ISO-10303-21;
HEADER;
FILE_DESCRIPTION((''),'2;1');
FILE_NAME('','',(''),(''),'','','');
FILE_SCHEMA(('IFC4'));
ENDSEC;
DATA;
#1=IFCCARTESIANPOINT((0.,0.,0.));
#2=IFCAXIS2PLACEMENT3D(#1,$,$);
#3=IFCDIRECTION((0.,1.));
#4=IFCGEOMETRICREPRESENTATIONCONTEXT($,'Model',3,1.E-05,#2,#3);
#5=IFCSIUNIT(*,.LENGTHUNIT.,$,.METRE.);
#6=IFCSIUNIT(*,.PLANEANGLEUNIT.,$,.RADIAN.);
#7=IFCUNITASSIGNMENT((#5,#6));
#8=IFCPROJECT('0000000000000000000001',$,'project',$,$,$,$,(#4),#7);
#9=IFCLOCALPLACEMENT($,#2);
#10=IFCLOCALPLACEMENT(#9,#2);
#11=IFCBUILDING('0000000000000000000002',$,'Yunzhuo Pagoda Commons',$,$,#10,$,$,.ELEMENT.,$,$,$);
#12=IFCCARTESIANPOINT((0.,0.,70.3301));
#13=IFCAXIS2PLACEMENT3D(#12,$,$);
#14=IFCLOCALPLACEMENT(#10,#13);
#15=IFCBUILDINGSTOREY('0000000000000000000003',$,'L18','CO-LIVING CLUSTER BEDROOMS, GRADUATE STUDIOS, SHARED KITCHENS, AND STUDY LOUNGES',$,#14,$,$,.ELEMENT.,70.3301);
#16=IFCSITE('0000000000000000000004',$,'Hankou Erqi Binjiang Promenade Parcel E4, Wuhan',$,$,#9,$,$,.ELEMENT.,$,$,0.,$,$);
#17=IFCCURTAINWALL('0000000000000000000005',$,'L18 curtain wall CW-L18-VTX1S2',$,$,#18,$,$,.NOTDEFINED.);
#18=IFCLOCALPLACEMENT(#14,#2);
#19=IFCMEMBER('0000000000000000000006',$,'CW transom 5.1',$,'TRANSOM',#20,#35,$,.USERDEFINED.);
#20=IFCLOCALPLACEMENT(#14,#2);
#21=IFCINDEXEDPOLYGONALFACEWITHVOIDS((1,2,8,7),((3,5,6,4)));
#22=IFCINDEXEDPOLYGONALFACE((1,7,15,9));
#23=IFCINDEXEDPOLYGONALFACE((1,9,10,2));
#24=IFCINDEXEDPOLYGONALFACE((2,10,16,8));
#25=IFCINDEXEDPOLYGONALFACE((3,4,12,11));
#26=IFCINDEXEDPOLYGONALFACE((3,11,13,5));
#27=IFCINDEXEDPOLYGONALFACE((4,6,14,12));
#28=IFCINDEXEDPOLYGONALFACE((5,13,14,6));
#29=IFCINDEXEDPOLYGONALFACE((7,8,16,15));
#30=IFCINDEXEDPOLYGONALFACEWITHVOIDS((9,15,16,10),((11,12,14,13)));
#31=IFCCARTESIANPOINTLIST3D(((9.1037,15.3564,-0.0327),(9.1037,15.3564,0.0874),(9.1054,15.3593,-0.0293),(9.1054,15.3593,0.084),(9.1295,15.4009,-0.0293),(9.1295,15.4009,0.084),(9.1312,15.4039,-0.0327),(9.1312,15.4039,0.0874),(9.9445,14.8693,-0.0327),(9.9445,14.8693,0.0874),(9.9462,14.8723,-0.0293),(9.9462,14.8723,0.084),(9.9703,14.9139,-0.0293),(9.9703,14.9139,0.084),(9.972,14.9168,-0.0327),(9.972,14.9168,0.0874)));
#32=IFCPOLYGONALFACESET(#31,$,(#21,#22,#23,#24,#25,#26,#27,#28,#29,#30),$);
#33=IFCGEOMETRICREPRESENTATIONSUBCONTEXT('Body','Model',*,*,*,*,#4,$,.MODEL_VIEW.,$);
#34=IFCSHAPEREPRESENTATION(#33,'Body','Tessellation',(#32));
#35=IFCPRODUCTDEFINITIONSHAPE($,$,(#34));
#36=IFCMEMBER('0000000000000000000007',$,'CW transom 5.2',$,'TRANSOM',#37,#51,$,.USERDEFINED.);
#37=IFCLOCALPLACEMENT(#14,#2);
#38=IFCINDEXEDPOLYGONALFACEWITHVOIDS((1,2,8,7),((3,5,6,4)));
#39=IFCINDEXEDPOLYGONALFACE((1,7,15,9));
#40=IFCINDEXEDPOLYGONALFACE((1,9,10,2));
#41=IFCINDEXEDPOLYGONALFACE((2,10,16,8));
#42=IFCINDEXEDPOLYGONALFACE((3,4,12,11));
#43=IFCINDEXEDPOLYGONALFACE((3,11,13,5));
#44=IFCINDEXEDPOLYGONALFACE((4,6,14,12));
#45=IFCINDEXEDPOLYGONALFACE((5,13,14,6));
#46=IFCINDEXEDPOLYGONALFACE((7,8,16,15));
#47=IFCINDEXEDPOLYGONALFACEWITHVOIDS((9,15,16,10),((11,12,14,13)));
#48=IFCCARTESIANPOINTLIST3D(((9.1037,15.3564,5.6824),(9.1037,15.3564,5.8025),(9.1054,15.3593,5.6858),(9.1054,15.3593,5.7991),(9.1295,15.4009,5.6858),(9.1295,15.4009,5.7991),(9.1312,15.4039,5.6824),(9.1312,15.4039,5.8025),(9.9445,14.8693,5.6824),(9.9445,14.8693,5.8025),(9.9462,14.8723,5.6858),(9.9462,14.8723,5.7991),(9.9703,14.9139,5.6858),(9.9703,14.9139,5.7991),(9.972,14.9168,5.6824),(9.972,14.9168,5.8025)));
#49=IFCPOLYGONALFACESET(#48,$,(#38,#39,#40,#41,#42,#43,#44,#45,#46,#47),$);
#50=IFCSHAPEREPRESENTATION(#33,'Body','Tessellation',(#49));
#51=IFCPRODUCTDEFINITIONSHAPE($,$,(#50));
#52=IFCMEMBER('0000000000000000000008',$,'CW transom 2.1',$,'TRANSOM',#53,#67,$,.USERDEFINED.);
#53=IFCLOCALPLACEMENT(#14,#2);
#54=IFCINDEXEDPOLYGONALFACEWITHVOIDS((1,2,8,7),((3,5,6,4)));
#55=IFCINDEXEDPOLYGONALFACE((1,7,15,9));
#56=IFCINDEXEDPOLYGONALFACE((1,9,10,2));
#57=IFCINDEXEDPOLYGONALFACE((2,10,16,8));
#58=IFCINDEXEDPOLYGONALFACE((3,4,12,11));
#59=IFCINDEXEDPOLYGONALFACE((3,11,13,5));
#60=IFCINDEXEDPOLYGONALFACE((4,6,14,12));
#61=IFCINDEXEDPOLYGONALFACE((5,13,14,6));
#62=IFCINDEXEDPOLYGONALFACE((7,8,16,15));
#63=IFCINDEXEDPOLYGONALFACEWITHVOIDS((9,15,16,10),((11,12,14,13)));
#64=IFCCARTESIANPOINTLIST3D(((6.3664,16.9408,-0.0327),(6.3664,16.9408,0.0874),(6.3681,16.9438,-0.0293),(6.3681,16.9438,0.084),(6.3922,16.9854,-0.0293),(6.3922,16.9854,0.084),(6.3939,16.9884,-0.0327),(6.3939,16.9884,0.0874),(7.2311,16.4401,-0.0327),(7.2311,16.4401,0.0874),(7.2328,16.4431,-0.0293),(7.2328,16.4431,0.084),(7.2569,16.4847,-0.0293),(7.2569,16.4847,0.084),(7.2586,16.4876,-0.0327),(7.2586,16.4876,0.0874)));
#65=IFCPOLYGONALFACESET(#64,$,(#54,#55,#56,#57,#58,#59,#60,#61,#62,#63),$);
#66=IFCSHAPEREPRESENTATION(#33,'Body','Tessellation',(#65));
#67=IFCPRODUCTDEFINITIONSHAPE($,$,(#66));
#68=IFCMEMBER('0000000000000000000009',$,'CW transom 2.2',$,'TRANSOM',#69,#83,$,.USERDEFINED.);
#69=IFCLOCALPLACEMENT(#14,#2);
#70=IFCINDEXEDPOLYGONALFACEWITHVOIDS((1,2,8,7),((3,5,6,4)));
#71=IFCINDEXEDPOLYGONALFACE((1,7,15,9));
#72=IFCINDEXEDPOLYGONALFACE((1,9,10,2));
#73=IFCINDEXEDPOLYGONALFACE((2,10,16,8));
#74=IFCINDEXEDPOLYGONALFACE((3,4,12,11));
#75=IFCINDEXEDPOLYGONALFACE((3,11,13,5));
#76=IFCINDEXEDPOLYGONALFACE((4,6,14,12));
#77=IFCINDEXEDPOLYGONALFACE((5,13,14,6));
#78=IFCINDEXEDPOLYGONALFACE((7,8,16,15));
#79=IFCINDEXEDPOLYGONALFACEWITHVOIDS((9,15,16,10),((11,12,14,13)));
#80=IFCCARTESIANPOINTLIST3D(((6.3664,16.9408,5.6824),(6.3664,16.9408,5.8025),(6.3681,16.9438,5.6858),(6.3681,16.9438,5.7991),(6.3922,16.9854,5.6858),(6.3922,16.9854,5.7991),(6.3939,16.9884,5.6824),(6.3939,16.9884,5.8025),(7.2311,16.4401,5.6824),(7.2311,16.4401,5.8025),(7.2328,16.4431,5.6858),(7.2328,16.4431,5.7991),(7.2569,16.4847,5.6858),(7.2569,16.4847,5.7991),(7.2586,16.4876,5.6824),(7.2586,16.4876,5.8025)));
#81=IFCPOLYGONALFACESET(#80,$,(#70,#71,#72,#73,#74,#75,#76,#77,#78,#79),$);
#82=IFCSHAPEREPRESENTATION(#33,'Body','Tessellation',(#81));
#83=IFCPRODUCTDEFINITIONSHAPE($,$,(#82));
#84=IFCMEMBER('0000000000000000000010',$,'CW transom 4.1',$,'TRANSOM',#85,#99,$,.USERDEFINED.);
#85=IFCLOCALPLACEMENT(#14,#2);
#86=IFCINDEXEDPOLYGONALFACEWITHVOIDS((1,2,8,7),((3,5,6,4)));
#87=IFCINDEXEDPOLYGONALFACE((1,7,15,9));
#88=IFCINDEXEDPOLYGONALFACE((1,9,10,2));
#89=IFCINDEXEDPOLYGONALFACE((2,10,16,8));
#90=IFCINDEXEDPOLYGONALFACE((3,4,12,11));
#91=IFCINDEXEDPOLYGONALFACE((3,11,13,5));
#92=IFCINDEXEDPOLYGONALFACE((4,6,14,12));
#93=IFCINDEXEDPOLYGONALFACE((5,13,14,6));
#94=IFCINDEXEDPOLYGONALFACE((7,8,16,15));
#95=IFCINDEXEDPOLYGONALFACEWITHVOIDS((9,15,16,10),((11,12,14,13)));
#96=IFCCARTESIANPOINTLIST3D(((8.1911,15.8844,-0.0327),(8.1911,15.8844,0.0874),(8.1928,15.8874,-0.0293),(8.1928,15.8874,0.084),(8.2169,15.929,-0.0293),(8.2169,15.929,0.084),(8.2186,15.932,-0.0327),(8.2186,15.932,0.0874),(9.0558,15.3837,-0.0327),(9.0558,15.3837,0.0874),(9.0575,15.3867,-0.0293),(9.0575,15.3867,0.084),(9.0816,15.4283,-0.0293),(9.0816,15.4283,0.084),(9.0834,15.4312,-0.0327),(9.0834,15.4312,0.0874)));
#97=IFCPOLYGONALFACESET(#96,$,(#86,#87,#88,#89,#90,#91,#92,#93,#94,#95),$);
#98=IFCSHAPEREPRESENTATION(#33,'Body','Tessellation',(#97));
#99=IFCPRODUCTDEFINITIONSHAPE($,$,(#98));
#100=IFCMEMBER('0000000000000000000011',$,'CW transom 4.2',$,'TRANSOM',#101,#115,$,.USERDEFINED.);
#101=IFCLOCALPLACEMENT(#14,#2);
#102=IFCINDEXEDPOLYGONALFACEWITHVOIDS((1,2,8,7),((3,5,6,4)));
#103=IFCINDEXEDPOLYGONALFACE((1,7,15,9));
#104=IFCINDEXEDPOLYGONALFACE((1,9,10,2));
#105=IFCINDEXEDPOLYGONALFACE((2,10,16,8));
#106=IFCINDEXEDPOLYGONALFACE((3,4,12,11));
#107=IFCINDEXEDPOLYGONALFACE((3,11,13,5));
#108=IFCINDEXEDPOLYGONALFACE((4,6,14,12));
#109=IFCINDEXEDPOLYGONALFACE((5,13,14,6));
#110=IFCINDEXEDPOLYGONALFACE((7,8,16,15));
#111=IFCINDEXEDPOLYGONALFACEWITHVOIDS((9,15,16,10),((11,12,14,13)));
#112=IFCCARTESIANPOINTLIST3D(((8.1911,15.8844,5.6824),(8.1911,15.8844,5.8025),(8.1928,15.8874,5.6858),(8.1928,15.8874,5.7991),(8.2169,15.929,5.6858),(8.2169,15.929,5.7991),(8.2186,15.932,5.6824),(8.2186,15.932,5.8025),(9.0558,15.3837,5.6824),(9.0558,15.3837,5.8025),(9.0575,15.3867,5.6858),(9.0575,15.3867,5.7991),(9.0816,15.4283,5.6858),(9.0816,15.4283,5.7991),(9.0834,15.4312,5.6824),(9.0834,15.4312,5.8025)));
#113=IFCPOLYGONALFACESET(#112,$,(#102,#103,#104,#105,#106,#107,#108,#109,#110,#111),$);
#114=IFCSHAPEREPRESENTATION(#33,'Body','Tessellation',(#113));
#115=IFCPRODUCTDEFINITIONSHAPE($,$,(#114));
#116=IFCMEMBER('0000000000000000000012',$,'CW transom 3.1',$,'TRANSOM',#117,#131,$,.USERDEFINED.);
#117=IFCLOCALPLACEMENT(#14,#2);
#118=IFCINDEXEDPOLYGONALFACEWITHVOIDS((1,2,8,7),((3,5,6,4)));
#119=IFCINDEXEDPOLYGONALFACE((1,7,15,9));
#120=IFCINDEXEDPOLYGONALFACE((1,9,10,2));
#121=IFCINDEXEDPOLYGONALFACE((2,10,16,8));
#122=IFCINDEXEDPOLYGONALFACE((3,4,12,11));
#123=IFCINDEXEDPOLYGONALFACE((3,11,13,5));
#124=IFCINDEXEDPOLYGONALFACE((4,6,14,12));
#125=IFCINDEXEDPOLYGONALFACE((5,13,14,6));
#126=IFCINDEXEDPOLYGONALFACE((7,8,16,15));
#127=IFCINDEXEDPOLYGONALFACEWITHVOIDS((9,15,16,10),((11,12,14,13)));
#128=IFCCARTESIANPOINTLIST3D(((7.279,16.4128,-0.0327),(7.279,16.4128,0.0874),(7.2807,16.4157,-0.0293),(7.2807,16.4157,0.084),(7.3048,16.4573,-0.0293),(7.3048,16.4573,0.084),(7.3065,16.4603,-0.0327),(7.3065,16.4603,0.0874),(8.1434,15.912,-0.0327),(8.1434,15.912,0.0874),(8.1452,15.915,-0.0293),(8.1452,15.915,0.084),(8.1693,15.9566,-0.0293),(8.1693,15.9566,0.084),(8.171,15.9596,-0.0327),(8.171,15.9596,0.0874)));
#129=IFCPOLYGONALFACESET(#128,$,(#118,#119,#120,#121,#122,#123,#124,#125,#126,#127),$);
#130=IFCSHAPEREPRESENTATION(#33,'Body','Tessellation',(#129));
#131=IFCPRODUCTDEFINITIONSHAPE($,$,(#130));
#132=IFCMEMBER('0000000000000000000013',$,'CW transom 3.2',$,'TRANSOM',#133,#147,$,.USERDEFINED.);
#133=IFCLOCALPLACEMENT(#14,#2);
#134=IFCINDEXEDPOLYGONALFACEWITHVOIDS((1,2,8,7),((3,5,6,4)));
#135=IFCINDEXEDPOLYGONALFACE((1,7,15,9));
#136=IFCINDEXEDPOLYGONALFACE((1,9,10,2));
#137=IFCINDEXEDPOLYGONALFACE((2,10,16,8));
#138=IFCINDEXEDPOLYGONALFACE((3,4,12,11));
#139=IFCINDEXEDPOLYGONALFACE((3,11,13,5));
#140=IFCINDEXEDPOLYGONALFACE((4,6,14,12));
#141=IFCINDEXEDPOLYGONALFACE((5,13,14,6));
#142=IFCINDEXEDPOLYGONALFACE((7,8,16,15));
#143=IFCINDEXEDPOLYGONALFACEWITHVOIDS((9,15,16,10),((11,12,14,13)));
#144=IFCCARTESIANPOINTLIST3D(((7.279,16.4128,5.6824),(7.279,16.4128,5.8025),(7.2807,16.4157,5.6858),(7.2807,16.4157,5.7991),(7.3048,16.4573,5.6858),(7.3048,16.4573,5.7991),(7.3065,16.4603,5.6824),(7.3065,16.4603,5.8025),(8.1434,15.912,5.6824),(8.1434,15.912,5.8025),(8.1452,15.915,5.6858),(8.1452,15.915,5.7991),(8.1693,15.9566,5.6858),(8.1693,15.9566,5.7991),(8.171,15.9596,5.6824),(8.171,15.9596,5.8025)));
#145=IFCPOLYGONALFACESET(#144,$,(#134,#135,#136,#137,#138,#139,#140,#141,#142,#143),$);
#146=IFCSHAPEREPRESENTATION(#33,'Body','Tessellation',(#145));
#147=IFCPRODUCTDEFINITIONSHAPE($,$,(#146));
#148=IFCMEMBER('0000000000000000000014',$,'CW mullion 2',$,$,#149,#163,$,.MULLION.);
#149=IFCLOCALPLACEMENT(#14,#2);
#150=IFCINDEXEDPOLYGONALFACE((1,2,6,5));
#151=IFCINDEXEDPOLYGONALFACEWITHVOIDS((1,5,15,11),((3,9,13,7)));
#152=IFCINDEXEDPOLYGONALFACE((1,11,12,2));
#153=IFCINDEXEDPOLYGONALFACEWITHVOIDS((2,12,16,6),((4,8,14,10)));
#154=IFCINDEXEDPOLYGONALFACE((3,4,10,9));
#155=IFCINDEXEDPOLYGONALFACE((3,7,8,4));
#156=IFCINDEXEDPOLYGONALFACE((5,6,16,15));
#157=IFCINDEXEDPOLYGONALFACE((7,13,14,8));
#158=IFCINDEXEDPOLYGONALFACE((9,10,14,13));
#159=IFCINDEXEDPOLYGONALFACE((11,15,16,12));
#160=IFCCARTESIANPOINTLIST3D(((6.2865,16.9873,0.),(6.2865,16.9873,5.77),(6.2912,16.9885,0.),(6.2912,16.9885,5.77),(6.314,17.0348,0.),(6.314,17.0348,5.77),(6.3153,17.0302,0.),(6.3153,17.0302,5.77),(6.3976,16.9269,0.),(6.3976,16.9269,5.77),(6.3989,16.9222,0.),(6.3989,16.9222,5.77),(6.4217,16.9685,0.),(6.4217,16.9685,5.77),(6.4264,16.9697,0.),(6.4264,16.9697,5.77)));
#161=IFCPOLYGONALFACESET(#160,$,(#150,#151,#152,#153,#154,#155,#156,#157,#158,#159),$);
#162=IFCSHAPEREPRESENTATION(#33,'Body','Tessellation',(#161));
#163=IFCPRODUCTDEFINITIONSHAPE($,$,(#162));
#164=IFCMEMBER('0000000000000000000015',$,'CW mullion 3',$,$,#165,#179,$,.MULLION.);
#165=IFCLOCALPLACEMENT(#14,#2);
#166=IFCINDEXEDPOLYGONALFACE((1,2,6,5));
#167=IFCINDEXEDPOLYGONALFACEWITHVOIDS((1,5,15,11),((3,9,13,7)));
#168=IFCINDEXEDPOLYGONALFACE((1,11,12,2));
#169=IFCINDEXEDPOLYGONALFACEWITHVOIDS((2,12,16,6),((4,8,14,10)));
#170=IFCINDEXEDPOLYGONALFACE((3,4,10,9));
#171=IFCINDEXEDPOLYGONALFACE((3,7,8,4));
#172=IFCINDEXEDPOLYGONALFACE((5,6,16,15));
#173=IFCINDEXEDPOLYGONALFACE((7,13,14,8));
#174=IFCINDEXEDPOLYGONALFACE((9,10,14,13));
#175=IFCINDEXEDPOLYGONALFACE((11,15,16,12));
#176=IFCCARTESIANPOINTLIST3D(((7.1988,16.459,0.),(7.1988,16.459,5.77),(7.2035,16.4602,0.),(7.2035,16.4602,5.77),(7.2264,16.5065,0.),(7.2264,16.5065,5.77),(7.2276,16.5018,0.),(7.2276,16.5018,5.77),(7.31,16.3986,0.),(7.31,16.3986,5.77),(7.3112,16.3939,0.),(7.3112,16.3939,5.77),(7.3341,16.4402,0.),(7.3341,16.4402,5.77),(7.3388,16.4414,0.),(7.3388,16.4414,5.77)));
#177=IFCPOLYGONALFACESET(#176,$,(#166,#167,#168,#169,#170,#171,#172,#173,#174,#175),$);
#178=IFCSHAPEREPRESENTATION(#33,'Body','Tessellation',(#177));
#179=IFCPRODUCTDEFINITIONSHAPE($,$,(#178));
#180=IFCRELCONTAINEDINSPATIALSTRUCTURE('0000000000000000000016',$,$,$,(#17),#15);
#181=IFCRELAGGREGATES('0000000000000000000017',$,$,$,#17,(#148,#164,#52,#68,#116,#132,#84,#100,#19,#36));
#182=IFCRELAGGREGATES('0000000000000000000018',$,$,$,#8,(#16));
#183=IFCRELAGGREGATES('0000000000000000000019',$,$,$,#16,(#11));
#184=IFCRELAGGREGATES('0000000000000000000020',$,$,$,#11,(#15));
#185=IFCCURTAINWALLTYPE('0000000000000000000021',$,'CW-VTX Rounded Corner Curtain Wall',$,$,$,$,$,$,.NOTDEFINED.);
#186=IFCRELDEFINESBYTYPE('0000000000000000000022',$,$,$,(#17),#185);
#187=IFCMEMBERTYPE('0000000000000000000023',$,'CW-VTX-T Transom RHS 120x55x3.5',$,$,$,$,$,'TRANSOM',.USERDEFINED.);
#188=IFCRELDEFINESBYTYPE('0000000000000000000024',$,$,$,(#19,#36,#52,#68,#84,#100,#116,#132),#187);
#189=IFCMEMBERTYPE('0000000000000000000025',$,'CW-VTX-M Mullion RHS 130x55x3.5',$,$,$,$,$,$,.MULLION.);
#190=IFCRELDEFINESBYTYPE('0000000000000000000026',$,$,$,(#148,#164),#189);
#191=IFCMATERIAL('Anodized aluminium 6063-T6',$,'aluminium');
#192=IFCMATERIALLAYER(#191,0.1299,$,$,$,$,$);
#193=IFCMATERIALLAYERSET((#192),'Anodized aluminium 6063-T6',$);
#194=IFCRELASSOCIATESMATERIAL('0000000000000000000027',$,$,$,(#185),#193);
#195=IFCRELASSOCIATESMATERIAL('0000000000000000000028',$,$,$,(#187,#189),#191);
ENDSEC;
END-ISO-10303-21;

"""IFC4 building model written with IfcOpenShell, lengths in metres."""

from ifc_helpers import new_model, si_unit, direction, frame, origin, origin_2d, place, context, subcontext, project, spatial, hollow_rectangle, extrude, source, transform, mapped, material, layer, layer_set, material_profile, profile_set, type_object, element, aggregate, save


model = new_model("IFC4")

# Units and contexts
model_context = context("Model", 3, precision=1e-05, world=origin(), true_north=direction((0.0, 1.0)))
body_context = subcontext(model_context, "Body", "Model", "MODEL_VIEW")
ifc_project = project(units=[si_unit("LENGTHUNIT", "METRE"), si_unit("PLANEANGLEUNIT", "RADIAN")], contexts=[model_context])

# Site, building, storey
site_placement = place(None, origin())
site = spatial("IfcSite", under=ifc_project, at=site_placement, Name="Hankou Erqi Binjiang Promenade Parcel E4, Wuhan", CompositionType="ELEMENT", RefElevation=0.0)
building_placement = place(site_placement, origin())
building = spatial("IfcBuilding", under=site, at=building_placement, Name="Yunzhuo Pagoda Commons", CompositionType="ELEMENT")
storey_placement = place(building_placement, frame((0.0, 0.0, 70.3301)))
storey = spatial("IfcBuildingStorey", under=building, at=storey_placement, Name="L18", Description="CO-LIVING CLUSTER BEDROOMS, GRADUATE STUDIOS, SHARED KITCHENS, AND STUDY LOUNGES", CompositionType="ELEMENT", Elevation=70.3301)

# Curtain wall, members
ifc_material_1 = material(Name="Anodized aluminium 6063-T6", Category="aluminium")
ifc_layer_1 = layer(ifc_material_1, 0.1299)
ifc_layer_set_1 = layer_set([ifc_layer_1], Name="Anodized aluminium 6063-T6")
curtain_wall_type = type_object("IfcCurtainWallType", Name="CW-VTX Rounded Corner Curtain Wall", PredefinedType="NOTDEFINED", material=ifc_layer_set_1)
curtain_wall_placement = place(storey_placement, origin())
curtain_wall = element("IfcCurtainWall", 1, at=curtain_wall_placement, inside=storey, type_object=curtain_wall_type, Name="L18 curtain wall CW-L18-VTX1S2", PredefinedType="NOTDEFINED")
ifc_material_profile_1 = material_profile(ifc_material_1, hollow_rectangle(XDim=0.0549, YDim=0.1201, WallThickness=0.0034, at=origin_2d()), Name="Anodized aluminium 6063-T6")
ifc_profile_set_1 = profile_set([ifc_material_profile_1], Name="Anodized aluminium 6063-T6")
member_type_1 = type_object("IfcMemberType", Name="CW-VTX-T Transom RHS 120x55x3.5", ElementType="TRANSOM", PredefinedType="USERDEFINED", material=ifc_profile_set_1)
shared_shape_1 = source(origin(), body_context, "Body", "SweptSolid", [
    extrude(hollow_rectangle(XDim=0.0549, YDim=0.1201, WallThickness=0.0034, at=origin_2d()), origin(), (0.0, 0.0, 1.0), 0.9717),
])
member_1_placement = place(storey_placement, frame((9.1174, 15.3801, 0.0273), z_axis=(0.865306, -0.501244, 0.0), x_axis=(0.501244, 0.865306, 0.0)))
member_1 = element("IfcMember", 2, at=member_1_placement, type_object=member_type_1, Name="CW transom 5.1", ObjectType="TRANSOM", PredefinedType="USERDEFINED", context=body_context, shape_type="MappedRepresentation", body=[
    mapped(shared_shape_1, transform((0.0, 0.0, 0.0), scale=1.0)),
])
member_2_placement = place(storey_placement, frame((9.1174, 15.3801, 5.7424), z_axis=(0.865306, -0.501244, 0.0), x_axis=(0.501244, 0.865306, 0.0)))
member_2 = element("IfcMember", 3, at=member_2_placement, type_object=member_type_1, Name="CW transom 5.2", ObjectType="TRANSOM", PredefinedType="USERDEFINED", context=body_context, shape_type="MappedRepresentation", body=[
    mapped(shared_shape_1, transform((0.0, 0.0, 0.0), scale=1.0)),
])
shared_shape_2 = source(origin(), body_context, "Body", "SweptSolid", [
    extrude(hollow_rectangle(XDim=0.0549, YDim=0.1201, WallThickness=0.0034, at=origin_2d()), origin(), (0.0, 0.0, 1.0), 0.9993),
])
member_3_placement = place(storey_placement, frame((6.3801, 16.9646, 0.0273), z_axis=(0.865387, -0.501104, 0.0), x_axis=(0.501104, 0.865387, 0.0)))
member_3 = element("IfcMember", 4, at=member_3_placement, type_object=member_type_1, Name="CW transom 2.1", ObjectType="TRANSOM", PredefinedType="USERDEFINED", context=body_context, shape_type="MappedRepresentation", body=[
    mapped(shared_shape_2, transform((0.0, 0.0, 0.0), scale=1.0)),
])
member_4_placement = place(storey_placement, frame((6.3801, 16.9646, 5.7424), z_axis=(0.865387, -0.501104, 0.0), x_axis=(0.501104, 0.865387, 0.0)))
member_4 = element("IfcMember", 5, at=member_4_placement, type_object=member_type_1, Name="CW transom 2.2", ObjectType="TRANSOM", PredefinedType="USERDEFINED", context=body_context, shape_type="MappedRepresentation", body=[
    mapped(shared_shape_2, transform((0.0, 0.0, 0.0), scale=1.0)),
])
member_5_placement = place(storey_placement, frame((8.2048, 15.9082, 0.0273), z_axis=(0.865387, -0.501104, 0.0), x_axis=(0.501104, 0.865387, 0.0)))
member_5 = element("IfcMember", 6, at=member_5_placement, type_object=member_type_1, Name="CW transom 4.1", ObjectType="TRANSOM", PredefinedType="USERDEFINED", context=body_context, shape_type="MappedRepresentation", body=[
    mapped(shared_shape_2, transform((0.0, 0.0, 0.0), scale=1.0)),
])
member_6_placement = place(storey_placement, frame((8.2048, 15.9082, 5.7424), z_axis=(0.865387, -0.501104, 0.0), x_axis=(0.501104, 0.865387, 0.0)))
member_6 = element("IfcMember", 7, at=member_6_placement, type_object=member_type_1, Name="CW transom 4.2", ObjectType="TRANSOM", PredefinedType="USERDEFINED", context=body_context, shape_type="MappedRepresentation", body=[
    mapped(shared_shape_2, transform((0.0, 0.0, 0.0), scale=1.0)),
])
shared_shape_3 = source(origin(), body_context, "Body", "SweptSolid", [
    extrude(hollow_rectangle(XDim=0.0549, YDim=0.1201, WallThickness=0.0034, at=origin_2d()), origin(), (0.0, 0.0, 1.0), 0.999),
])
member_7_placement = place(storey_placement, frame((7.2927, 16.4365, 0.0273), z_axis=(0.865326, -0.50121, 0.0), x_axis=(0.50121, 0.865326, 0.0)))
member_7 = element("IfcMember", 8, at=member_7_placement, type_object=member_type_1, Name="CW transom 3.1", ObjectType="TRANSOM", PredefinedType="USERDEFINED", context=body_context, shape_type="MappedRepresentation", body=[
    mapped(shared_shape_3, transform((0.0, 0.0, 0.0), scale=1.0)),
])
member_8_placement = place(storey_placement, frame((7.2927, 16.4365, 5.7424), z_axis=(0.865326, -0.50121, 0.0), x_axis=(0.50121, 0.865326, 0.0)))
member_8 = element("IfcMember", 9, at=member_8_placement, type_object=member_type_1, Name="CW transom 3.2", ObjectType="TRANSOM", PredefinedType="USERDEFINED", context=body_context, shape_type="MappedRepresentation", body=[
    mapped(shared_shape_3, transform((0.0, 0.0, 0.0), scale=1.0)),
])
ifc_material_profile_2 = material_profile(ifc_material_1, hollow_rectangle(XDim=0.0549, YDim=0.1299, WallThickness=0.0034, at=origin_2d()), Name="Anodized aluminium 6063-T6")
ifc_profile_set_2 = profile_set([ifc_material_profile_2], Name="Anodized aluminium 6063-T6")
member_type_2 = type_object("IfcMemberType", Name="CW-VTX-M Mullion RHS 130x55x3.5", PredefinedType="MULLION", material=ifc_profile_set_2)
shared_shape_4 = source(origin(), body_context, "Body", "SweptSolid", [
    extrude(hollow_rectangle(XDim=0.0549, YDim=0.1299, WallThickness=0.0034, at=origin_2d()), origin(), (0.0, 0.0, 1.0), 5.77),
])
member_9_placement = place(storey_placement, frame((6.3564, 16.9785, 0.0), z_axis=(0.0, 0.0, 1.0), x_axis=(0.501039, 0.865425, 0.0)))
member_9 = element("IfcMember", 10, at=member_9_placement, type_object=member_type_2, Name="CW mullion 2", PredefinedType="MULLION", context=body_context, shape_type="MappedRepresentation", body=[
    mapped(shared_shape_4, transform((0.0, 0.0, 0.0), scale=1.0)),
])
member_10_placement = place(storey_placement, frame((7.2688, 16.4502, 0.0), z_axis=(0.0, 0.0, 1.0), x_axis=(0.501039, 0.865425, 0.0)))
member_10 = element("IfcMember", 11, at=member_10_placement, type_object=member_type_2, Name="CW mullion 3", PredefinedType="MULLION", context=body_context, shape_type="MappedRepresentation", body=[
    mapped(shared_shape_4, transform((0.0, 0.0, 0.0), scale=1.0)),
])

aggregate(curtain_wall, [member_9, member_10, member_3, member_4, member_7, member_8, member_5, member_6, member_1, member_2])

save(model, "model.ifc")
